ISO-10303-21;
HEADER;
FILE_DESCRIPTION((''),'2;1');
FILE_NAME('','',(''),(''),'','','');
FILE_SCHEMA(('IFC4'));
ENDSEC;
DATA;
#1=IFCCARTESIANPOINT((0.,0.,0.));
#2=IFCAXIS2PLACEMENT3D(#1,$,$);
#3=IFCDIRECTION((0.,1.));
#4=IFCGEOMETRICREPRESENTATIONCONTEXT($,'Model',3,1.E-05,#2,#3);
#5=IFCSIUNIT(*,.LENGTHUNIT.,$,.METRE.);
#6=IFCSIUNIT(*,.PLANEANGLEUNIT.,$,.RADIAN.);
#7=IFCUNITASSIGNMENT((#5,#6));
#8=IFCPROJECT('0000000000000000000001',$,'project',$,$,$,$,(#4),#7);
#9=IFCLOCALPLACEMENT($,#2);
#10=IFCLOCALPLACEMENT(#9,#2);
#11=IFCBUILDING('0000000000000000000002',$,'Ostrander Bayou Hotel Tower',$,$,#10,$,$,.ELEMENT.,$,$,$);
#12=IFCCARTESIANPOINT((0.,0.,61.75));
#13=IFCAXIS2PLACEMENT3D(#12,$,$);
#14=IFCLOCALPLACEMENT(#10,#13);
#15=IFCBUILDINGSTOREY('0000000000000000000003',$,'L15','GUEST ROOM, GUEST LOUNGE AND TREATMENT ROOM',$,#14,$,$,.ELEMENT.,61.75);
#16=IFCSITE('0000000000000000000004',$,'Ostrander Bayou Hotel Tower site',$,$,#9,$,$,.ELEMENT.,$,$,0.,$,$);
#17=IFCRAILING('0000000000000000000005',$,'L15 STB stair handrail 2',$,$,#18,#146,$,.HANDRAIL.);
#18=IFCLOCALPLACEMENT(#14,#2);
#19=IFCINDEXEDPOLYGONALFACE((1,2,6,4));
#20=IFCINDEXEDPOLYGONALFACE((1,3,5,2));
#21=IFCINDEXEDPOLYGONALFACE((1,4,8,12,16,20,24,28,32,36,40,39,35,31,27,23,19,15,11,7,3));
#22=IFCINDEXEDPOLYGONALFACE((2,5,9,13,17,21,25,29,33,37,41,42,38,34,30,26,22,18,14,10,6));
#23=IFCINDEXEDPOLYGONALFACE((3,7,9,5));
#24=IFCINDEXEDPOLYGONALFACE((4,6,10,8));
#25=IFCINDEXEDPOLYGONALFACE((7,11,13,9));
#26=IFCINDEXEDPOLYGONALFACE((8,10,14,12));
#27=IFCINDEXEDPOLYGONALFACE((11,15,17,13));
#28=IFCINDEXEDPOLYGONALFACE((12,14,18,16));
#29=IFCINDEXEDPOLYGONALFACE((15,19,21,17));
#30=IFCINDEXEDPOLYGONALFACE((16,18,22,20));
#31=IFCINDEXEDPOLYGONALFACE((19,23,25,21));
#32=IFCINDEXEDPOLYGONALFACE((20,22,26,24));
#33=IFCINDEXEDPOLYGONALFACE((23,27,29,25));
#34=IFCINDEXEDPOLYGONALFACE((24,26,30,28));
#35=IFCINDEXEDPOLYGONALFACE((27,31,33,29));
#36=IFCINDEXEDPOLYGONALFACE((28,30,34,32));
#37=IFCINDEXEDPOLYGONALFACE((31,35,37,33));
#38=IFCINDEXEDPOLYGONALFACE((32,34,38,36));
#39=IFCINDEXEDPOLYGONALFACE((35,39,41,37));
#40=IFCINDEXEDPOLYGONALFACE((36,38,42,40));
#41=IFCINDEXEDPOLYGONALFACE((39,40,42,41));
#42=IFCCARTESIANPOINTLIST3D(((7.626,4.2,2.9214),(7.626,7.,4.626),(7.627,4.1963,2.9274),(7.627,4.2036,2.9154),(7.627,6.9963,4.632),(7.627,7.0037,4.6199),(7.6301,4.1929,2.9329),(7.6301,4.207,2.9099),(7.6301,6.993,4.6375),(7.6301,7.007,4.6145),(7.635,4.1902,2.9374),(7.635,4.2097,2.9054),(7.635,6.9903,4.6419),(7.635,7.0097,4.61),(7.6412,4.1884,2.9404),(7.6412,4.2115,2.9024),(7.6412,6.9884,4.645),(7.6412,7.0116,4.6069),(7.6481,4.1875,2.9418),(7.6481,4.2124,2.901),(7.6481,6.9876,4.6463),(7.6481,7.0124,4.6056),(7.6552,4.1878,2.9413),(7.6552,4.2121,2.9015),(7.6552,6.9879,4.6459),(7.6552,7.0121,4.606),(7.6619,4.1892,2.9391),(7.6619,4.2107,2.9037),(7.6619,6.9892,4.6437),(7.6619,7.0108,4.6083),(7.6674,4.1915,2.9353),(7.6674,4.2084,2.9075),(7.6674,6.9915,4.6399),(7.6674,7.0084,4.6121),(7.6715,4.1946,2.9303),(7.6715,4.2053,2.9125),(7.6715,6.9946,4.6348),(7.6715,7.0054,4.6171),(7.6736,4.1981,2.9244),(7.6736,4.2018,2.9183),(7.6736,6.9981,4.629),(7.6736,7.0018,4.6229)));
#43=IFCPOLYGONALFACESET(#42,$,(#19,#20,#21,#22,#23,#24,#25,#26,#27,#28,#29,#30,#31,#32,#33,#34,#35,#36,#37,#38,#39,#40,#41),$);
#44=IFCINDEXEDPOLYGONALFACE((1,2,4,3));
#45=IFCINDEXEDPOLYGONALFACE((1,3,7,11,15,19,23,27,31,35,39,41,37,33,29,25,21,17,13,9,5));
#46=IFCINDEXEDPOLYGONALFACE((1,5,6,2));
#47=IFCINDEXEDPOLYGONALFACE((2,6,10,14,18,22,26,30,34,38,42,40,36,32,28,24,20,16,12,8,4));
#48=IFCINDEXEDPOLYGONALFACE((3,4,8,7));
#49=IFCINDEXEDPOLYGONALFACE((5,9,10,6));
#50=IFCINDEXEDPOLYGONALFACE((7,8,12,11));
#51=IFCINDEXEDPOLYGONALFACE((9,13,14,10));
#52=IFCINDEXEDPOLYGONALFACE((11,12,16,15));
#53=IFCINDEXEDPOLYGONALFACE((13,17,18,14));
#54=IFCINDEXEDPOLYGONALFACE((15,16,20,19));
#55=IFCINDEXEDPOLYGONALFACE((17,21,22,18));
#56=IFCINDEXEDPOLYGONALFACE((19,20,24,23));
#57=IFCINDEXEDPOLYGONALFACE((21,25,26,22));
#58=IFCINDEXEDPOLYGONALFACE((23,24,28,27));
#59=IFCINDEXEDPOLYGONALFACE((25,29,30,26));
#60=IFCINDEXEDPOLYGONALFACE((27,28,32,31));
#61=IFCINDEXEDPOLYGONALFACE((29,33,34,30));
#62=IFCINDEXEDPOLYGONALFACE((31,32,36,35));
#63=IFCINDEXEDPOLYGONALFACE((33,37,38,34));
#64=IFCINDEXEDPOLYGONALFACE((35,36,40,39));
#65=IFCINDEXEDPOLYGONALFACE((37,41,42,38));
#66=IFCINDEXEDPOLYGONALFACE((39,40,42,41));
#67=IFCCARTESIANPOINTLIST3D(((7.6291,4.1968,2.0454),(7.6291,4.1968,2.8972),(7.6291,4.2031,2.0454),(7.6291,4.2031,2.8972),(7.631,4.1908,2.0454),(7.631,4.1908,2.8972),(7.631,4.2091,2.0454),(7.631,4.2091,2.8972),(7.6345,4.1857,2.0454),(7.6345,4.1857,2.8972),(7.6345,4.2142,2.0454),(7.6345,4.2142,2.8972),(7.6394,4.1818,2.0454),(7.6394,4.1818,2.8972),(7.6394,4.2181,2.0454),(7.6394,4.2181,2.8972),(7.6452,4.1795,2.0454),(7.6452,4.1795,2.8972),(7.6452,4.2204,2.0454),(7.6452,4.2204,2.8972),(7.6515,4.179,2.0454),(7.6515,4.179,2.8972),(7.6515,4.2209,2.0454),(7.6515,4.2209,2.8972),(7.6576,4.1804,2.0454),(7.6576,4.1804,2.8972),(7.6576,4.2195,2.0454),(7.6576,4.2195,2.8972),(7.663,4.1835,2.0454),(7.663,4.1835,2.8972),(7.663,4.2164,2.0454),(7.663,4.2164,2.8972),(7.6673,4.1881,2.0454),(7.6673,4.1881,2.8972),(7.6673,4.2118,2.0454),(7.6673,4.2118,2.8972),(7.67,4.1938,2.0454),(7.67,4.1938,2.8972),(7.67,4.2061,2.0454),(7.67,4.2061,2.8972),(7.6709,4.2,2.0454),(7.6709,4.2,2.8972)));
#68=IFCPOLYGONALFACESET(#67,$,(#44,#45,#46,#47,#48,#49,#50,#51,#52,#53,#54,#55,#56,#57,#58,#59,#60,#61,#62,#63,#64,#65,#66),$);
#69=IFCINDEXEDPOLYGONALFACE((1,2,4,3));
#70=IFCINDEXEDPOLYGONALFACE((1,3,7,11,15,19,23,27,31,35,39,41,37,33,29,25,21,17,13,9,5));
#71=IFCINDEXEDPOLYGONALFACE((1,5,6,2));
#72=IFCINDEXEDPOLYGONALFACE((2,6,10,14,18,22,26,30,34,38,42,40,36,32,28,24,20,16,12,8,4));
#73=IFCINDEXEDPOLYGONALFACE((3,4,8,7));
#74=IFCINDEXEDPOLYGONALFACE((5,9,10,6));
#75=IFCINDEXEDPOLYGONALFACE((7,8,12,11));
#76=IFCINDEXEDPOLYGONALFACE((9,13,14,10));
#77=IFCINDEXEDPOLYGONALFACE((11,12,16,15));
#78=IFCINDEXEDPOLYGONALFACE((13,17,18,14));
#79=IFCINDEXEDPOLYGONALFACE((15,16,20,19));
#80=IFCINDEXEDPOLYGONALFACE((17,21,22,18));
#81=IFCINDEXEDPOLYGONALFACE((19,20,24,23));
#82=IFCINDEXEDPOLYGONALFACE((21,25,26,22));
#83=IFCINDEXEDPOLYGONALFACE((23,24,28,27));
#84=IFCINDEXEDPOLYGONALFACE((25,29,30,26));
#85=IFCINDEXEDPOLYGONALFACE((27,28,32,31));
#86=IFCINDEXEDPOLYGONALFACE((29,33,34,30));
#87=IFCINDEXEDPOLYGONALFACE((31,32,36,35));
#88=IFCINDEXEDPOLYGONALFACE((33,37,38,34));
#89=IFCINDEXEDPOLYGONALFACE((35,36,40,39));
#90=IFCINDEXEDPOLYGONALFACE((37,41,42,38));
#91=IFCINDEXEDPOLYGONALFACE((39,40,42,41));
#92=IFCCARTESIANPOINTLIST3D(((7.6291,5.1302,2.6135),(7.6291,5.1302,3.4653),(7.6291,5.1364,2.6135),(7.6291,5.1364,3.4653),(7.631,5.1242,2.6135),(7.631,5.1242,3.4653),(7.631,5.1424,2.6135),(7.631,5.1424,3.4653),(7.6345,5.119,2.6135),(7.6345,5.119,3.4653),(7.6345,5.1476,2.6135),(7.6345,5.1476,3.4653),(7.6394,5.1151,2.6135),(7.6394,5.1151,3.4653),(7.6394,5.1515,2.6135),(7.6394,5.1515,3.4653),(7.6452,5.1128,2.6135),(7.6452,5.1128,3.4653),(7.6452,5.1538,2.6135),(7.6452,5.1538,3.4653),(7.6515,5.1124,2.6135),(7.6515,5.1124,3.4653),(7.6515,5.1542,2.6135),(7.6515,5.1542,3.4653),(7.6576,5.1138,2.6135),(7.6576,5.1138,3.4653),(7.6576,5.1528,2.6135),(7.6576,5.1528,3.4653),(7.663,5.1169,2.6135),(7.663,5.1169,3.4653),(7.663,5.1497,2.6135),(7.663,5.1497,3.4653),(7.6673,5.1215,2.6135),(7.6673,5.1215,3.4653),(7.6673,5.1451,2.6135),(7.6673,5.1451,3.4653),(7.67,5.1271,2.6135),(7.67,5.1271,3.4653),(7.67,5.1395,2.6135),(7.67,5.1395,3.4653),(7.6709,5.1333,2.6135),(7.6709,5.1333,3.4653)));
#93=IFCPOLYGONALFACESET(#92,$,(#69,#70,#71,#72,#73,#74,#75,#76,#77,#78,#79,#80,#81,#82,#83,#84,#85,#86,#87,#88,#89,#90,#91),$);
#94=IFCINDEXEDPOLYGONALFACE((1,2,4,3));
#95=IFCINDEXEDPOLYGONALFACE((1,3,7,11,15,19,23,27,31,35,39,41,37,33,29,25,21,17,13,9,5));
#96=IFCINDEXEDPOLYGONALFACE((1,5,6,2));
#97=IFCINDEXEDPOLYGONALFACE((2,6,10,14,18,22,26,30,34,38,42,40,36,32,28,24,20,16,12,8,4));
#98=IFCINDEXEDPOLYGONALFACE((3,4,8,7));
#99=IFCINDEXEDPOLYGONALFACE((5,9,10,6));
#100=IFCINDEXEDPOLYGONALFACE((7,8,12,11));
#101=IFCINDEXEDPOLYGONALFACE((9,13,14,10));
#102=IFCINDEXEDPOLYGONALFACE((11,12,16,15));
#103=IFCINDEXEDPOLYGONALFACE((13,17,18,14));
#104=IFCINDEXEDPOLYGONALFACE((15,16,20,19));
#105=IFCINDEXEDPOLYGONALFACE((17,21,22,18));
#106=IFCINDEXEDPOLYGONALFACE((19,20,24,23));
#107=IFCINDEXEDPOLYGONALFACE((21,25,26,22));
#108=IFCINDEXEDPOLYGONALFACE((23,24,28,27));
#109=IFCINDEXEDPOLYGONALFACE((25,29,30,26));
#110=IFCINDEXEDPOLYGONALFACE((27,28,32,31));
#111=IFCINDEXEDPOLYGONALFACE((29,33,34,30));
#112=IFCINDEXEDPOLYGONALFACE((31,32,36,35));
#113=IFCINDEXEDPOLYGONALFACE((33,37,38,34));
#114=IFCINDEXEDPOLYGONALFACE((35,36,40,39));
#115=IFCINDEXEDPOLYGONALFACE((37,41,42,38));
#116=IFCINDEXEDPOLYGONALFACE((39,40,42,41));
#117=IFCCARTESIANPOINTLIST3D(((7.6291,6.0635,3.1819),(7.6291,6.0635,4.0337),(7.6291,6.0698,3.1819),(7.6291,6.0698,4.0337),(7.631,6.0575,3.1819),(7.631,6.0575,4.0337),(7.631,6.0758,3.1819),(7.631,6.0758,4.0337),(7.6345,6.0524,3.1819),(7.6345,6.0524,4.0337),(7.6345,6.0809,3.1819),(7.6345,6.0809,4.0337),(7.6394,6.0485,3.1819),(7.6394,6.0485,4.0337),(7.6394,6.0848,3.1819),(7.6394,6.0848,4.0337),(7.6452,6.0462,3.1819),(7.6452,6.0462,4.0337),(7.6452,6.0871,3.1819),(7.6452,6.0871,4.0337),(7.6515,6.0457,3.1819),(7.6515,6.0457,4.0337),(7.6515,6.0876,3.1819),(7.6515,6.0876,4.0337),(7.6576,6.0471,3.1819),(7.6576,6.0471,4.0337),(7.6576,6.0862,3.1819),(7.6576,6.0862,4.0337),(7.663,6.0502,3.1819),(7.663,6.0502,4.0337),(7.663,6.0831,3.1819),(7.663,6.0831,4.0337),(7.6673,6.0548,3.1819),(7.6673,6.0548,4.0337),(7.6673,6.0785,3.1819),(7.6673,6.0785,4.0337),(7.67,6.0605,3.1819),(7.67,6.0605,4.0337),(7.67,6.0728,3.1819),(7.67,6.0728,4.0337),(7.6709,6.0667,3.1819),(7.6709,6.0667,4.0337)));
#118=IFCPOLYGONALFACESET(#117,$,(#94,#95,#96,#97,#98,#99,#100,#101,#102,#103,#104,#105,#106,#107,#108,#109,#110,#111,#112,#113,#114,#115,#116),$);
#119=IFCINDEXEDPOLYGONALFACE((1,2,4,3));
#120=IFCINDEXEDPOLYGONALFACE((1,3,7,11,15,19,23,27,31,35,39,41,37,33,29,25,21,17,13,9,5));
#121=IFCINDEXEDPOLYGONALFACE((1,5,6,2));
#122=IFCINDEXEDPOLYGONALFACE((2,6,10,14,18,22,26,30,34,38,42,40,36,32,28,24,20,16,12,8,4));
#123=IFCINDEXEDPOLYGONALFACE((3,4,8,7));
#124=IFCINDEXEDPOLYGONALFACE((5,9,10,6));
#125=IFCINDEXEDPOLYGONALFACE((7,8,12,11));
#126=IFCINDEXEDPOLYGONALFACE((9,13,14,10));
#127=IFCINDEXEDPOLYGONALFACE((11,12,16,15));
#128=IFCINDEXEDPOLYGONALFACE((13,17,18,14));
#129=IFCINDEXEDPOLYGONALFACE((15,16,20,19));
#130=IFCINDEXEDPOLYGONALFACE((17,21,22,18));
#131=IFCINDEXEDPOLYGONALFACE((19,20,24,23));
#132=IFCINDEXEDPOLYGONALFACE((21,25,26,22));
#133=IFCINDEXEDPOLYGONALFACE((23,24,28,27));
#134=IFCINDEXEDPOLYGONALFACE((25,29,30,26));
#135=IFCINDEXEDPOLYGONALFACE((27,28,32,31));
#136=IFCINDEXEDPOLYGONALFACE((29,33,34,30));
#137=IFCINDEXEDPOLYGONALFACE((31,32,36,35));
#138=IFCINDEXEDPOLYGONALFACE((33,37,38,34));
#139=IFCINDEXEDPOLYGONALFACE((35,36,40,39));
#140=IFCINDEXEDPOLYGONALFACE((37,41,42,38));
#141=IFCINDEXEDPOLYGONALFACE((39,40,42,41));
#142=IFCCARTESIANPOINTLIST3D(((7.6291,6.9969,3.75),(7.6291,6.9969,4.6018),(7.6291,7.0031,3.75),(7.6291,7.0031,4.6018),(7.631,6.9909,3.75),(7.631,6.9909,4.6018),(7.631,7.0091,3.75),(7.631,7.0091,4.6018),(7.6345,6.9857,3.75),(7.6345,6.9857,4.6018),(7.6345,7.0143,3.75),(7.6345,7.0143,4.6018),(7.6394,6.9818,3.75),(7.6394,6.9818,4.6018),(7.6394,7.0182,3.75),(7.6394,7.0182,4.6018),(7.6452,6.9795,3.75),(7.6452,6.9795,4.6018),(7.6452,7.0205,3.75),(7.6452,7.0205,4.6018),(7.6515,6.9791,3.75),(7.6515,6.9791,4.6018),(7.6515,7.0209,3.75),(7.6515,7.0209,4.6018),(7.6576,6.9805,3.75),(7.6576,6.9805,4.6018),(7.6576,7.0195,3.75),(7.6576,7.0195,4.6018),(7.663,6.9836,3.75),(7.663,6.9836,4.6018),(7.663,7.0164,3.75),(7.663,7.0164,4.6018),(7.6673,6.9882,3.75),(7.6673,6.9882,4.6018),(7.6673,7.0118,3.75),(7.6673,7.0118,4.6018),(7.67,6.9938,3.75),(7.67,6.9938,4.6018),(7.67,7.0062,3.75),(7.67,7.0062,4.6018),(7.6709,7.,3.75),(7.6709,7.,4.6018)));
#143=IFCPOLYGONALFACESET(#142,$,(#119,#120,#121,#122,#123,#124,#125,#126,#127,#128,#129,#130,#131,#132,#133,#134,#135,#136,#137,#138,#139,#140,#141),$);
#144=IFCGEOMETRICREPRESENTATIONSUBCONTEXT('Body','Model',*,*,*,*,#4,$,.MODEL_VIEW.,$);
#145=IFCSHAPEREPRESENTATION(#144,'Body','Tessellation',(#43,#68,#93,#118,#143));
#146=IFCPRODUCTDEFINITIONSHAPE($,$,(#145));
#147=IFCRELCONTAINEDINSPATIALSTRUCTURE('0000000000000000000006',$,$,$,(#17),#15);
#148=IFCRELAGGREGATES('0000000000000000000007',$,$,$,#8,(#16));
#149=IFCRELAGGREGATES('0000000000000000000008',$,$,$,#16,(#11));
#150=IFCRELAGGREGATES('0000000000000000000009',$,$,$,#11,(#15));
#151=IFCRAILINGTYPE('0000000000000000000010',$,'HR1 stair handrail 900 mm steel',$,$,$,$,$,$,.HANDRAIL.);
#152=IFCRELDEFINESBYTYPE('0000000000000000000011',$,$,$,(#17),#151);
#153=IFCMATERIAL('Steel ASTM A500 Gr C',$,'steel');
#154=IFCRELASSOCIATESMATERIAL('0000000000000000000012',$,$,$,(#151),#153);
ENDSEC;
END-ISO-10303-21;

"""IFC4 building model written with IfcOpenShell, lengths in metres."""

from ifc_helpers import new_model, si_unit, direction, frame, origin, origin_2d, place, context, subcontext, project, spatial, circle, extrude, material, type_object, element, save


model = new_model("IFC4")

# Units and contexts
model_context = context("Model", 3, precision=1e-05, world=origin(), true_north=direction((0.0, 1.0)))
body_context = subcontext(model_context, "Body", "Model", "MODEL_VIEW")
ifc_project = project(units=[si_unit("LENGTHUNIT", "METRE"), si_unit("PLANEANGLEUNIT", "RADIAN")], contexts=[model_context])

# Site, building, storey
site_placement = place(None, origin())
site = spatial("IfcSite", under=ifc_project, at=site_placement, Name="Ostrander Bayou Hotel Tower site", CompositionType="ELEMENT", RefElevation=0.0)
building_placement = place(site_placement, origin())
building = spatial("IfcBuilding", under=site, at=building_placement, Name="Ostrander Bayou Hotel Tower", CompositionType="ELEMENT")
storey_placement = place(building_placement, frame((0.0, 0.0, 61.75)))
storey = spatial("IfcBuildingStorey", under=building, at=storey_placement, Name="L15", Description="GUEST ROOM, GUEST LOUNGE AND TREATMENT ROOM", CompositionType="ELEMENT", Elevation=61.75)

# Railing
ifc_material_1 = material(Name="Steel ASTM A500 Gr C", Category="steel")
railing_type_1 = type_object("IfcRailingType", Name="HR1 stair handrail 900 mm steel", PredefinedType="HANDRAIL", material=ifc_material_1)
railing_1_placement = place(storey_placement, frame((7.6499, 4.2, 2.0454)))
element("IfcRailing", 1, at=railing_1_placement, inside=storey, type_object=railing_type_1, Name="L15 STB stair handrail 2", PredefinedType="HANDRAIL", context=body_context, shape_type="SweptSolid", body=[
    extrude(circle(Radius=0.0239, at=origin_2d()), frame((0.0, 0.0, 0.876), z_axis=(0.0, 0.85417, 0.519994), x_axis=(-1.0, 0.0, 0.0)), (0.0, 0.0, 1.0), 3.2781),
    extrude(circle(Radius=0.021, at=origin_2d()), origin(), (0.0, 0.0, 1.0), 0.8518),
    extrude(circle(Radius=0.021, at=origin_2d()), frame((0.0, 0.9333, 0.5681)), (0.0, 0.0, 1.0), 0.8518),
    extrude(circle(Radius=0.021, at=origin_2d()), frame((0.0, 1.8667, 1.1365)), (0.0, 0.0, 1.0), 0.8518),
    extrude(circle(Radius=0.021, at=origin_2d()), frame((0.0, 2.8, 1.7046)), (0.0, 0.0, 1.0), 0.8518),
])

save(model, "model.ifc")
